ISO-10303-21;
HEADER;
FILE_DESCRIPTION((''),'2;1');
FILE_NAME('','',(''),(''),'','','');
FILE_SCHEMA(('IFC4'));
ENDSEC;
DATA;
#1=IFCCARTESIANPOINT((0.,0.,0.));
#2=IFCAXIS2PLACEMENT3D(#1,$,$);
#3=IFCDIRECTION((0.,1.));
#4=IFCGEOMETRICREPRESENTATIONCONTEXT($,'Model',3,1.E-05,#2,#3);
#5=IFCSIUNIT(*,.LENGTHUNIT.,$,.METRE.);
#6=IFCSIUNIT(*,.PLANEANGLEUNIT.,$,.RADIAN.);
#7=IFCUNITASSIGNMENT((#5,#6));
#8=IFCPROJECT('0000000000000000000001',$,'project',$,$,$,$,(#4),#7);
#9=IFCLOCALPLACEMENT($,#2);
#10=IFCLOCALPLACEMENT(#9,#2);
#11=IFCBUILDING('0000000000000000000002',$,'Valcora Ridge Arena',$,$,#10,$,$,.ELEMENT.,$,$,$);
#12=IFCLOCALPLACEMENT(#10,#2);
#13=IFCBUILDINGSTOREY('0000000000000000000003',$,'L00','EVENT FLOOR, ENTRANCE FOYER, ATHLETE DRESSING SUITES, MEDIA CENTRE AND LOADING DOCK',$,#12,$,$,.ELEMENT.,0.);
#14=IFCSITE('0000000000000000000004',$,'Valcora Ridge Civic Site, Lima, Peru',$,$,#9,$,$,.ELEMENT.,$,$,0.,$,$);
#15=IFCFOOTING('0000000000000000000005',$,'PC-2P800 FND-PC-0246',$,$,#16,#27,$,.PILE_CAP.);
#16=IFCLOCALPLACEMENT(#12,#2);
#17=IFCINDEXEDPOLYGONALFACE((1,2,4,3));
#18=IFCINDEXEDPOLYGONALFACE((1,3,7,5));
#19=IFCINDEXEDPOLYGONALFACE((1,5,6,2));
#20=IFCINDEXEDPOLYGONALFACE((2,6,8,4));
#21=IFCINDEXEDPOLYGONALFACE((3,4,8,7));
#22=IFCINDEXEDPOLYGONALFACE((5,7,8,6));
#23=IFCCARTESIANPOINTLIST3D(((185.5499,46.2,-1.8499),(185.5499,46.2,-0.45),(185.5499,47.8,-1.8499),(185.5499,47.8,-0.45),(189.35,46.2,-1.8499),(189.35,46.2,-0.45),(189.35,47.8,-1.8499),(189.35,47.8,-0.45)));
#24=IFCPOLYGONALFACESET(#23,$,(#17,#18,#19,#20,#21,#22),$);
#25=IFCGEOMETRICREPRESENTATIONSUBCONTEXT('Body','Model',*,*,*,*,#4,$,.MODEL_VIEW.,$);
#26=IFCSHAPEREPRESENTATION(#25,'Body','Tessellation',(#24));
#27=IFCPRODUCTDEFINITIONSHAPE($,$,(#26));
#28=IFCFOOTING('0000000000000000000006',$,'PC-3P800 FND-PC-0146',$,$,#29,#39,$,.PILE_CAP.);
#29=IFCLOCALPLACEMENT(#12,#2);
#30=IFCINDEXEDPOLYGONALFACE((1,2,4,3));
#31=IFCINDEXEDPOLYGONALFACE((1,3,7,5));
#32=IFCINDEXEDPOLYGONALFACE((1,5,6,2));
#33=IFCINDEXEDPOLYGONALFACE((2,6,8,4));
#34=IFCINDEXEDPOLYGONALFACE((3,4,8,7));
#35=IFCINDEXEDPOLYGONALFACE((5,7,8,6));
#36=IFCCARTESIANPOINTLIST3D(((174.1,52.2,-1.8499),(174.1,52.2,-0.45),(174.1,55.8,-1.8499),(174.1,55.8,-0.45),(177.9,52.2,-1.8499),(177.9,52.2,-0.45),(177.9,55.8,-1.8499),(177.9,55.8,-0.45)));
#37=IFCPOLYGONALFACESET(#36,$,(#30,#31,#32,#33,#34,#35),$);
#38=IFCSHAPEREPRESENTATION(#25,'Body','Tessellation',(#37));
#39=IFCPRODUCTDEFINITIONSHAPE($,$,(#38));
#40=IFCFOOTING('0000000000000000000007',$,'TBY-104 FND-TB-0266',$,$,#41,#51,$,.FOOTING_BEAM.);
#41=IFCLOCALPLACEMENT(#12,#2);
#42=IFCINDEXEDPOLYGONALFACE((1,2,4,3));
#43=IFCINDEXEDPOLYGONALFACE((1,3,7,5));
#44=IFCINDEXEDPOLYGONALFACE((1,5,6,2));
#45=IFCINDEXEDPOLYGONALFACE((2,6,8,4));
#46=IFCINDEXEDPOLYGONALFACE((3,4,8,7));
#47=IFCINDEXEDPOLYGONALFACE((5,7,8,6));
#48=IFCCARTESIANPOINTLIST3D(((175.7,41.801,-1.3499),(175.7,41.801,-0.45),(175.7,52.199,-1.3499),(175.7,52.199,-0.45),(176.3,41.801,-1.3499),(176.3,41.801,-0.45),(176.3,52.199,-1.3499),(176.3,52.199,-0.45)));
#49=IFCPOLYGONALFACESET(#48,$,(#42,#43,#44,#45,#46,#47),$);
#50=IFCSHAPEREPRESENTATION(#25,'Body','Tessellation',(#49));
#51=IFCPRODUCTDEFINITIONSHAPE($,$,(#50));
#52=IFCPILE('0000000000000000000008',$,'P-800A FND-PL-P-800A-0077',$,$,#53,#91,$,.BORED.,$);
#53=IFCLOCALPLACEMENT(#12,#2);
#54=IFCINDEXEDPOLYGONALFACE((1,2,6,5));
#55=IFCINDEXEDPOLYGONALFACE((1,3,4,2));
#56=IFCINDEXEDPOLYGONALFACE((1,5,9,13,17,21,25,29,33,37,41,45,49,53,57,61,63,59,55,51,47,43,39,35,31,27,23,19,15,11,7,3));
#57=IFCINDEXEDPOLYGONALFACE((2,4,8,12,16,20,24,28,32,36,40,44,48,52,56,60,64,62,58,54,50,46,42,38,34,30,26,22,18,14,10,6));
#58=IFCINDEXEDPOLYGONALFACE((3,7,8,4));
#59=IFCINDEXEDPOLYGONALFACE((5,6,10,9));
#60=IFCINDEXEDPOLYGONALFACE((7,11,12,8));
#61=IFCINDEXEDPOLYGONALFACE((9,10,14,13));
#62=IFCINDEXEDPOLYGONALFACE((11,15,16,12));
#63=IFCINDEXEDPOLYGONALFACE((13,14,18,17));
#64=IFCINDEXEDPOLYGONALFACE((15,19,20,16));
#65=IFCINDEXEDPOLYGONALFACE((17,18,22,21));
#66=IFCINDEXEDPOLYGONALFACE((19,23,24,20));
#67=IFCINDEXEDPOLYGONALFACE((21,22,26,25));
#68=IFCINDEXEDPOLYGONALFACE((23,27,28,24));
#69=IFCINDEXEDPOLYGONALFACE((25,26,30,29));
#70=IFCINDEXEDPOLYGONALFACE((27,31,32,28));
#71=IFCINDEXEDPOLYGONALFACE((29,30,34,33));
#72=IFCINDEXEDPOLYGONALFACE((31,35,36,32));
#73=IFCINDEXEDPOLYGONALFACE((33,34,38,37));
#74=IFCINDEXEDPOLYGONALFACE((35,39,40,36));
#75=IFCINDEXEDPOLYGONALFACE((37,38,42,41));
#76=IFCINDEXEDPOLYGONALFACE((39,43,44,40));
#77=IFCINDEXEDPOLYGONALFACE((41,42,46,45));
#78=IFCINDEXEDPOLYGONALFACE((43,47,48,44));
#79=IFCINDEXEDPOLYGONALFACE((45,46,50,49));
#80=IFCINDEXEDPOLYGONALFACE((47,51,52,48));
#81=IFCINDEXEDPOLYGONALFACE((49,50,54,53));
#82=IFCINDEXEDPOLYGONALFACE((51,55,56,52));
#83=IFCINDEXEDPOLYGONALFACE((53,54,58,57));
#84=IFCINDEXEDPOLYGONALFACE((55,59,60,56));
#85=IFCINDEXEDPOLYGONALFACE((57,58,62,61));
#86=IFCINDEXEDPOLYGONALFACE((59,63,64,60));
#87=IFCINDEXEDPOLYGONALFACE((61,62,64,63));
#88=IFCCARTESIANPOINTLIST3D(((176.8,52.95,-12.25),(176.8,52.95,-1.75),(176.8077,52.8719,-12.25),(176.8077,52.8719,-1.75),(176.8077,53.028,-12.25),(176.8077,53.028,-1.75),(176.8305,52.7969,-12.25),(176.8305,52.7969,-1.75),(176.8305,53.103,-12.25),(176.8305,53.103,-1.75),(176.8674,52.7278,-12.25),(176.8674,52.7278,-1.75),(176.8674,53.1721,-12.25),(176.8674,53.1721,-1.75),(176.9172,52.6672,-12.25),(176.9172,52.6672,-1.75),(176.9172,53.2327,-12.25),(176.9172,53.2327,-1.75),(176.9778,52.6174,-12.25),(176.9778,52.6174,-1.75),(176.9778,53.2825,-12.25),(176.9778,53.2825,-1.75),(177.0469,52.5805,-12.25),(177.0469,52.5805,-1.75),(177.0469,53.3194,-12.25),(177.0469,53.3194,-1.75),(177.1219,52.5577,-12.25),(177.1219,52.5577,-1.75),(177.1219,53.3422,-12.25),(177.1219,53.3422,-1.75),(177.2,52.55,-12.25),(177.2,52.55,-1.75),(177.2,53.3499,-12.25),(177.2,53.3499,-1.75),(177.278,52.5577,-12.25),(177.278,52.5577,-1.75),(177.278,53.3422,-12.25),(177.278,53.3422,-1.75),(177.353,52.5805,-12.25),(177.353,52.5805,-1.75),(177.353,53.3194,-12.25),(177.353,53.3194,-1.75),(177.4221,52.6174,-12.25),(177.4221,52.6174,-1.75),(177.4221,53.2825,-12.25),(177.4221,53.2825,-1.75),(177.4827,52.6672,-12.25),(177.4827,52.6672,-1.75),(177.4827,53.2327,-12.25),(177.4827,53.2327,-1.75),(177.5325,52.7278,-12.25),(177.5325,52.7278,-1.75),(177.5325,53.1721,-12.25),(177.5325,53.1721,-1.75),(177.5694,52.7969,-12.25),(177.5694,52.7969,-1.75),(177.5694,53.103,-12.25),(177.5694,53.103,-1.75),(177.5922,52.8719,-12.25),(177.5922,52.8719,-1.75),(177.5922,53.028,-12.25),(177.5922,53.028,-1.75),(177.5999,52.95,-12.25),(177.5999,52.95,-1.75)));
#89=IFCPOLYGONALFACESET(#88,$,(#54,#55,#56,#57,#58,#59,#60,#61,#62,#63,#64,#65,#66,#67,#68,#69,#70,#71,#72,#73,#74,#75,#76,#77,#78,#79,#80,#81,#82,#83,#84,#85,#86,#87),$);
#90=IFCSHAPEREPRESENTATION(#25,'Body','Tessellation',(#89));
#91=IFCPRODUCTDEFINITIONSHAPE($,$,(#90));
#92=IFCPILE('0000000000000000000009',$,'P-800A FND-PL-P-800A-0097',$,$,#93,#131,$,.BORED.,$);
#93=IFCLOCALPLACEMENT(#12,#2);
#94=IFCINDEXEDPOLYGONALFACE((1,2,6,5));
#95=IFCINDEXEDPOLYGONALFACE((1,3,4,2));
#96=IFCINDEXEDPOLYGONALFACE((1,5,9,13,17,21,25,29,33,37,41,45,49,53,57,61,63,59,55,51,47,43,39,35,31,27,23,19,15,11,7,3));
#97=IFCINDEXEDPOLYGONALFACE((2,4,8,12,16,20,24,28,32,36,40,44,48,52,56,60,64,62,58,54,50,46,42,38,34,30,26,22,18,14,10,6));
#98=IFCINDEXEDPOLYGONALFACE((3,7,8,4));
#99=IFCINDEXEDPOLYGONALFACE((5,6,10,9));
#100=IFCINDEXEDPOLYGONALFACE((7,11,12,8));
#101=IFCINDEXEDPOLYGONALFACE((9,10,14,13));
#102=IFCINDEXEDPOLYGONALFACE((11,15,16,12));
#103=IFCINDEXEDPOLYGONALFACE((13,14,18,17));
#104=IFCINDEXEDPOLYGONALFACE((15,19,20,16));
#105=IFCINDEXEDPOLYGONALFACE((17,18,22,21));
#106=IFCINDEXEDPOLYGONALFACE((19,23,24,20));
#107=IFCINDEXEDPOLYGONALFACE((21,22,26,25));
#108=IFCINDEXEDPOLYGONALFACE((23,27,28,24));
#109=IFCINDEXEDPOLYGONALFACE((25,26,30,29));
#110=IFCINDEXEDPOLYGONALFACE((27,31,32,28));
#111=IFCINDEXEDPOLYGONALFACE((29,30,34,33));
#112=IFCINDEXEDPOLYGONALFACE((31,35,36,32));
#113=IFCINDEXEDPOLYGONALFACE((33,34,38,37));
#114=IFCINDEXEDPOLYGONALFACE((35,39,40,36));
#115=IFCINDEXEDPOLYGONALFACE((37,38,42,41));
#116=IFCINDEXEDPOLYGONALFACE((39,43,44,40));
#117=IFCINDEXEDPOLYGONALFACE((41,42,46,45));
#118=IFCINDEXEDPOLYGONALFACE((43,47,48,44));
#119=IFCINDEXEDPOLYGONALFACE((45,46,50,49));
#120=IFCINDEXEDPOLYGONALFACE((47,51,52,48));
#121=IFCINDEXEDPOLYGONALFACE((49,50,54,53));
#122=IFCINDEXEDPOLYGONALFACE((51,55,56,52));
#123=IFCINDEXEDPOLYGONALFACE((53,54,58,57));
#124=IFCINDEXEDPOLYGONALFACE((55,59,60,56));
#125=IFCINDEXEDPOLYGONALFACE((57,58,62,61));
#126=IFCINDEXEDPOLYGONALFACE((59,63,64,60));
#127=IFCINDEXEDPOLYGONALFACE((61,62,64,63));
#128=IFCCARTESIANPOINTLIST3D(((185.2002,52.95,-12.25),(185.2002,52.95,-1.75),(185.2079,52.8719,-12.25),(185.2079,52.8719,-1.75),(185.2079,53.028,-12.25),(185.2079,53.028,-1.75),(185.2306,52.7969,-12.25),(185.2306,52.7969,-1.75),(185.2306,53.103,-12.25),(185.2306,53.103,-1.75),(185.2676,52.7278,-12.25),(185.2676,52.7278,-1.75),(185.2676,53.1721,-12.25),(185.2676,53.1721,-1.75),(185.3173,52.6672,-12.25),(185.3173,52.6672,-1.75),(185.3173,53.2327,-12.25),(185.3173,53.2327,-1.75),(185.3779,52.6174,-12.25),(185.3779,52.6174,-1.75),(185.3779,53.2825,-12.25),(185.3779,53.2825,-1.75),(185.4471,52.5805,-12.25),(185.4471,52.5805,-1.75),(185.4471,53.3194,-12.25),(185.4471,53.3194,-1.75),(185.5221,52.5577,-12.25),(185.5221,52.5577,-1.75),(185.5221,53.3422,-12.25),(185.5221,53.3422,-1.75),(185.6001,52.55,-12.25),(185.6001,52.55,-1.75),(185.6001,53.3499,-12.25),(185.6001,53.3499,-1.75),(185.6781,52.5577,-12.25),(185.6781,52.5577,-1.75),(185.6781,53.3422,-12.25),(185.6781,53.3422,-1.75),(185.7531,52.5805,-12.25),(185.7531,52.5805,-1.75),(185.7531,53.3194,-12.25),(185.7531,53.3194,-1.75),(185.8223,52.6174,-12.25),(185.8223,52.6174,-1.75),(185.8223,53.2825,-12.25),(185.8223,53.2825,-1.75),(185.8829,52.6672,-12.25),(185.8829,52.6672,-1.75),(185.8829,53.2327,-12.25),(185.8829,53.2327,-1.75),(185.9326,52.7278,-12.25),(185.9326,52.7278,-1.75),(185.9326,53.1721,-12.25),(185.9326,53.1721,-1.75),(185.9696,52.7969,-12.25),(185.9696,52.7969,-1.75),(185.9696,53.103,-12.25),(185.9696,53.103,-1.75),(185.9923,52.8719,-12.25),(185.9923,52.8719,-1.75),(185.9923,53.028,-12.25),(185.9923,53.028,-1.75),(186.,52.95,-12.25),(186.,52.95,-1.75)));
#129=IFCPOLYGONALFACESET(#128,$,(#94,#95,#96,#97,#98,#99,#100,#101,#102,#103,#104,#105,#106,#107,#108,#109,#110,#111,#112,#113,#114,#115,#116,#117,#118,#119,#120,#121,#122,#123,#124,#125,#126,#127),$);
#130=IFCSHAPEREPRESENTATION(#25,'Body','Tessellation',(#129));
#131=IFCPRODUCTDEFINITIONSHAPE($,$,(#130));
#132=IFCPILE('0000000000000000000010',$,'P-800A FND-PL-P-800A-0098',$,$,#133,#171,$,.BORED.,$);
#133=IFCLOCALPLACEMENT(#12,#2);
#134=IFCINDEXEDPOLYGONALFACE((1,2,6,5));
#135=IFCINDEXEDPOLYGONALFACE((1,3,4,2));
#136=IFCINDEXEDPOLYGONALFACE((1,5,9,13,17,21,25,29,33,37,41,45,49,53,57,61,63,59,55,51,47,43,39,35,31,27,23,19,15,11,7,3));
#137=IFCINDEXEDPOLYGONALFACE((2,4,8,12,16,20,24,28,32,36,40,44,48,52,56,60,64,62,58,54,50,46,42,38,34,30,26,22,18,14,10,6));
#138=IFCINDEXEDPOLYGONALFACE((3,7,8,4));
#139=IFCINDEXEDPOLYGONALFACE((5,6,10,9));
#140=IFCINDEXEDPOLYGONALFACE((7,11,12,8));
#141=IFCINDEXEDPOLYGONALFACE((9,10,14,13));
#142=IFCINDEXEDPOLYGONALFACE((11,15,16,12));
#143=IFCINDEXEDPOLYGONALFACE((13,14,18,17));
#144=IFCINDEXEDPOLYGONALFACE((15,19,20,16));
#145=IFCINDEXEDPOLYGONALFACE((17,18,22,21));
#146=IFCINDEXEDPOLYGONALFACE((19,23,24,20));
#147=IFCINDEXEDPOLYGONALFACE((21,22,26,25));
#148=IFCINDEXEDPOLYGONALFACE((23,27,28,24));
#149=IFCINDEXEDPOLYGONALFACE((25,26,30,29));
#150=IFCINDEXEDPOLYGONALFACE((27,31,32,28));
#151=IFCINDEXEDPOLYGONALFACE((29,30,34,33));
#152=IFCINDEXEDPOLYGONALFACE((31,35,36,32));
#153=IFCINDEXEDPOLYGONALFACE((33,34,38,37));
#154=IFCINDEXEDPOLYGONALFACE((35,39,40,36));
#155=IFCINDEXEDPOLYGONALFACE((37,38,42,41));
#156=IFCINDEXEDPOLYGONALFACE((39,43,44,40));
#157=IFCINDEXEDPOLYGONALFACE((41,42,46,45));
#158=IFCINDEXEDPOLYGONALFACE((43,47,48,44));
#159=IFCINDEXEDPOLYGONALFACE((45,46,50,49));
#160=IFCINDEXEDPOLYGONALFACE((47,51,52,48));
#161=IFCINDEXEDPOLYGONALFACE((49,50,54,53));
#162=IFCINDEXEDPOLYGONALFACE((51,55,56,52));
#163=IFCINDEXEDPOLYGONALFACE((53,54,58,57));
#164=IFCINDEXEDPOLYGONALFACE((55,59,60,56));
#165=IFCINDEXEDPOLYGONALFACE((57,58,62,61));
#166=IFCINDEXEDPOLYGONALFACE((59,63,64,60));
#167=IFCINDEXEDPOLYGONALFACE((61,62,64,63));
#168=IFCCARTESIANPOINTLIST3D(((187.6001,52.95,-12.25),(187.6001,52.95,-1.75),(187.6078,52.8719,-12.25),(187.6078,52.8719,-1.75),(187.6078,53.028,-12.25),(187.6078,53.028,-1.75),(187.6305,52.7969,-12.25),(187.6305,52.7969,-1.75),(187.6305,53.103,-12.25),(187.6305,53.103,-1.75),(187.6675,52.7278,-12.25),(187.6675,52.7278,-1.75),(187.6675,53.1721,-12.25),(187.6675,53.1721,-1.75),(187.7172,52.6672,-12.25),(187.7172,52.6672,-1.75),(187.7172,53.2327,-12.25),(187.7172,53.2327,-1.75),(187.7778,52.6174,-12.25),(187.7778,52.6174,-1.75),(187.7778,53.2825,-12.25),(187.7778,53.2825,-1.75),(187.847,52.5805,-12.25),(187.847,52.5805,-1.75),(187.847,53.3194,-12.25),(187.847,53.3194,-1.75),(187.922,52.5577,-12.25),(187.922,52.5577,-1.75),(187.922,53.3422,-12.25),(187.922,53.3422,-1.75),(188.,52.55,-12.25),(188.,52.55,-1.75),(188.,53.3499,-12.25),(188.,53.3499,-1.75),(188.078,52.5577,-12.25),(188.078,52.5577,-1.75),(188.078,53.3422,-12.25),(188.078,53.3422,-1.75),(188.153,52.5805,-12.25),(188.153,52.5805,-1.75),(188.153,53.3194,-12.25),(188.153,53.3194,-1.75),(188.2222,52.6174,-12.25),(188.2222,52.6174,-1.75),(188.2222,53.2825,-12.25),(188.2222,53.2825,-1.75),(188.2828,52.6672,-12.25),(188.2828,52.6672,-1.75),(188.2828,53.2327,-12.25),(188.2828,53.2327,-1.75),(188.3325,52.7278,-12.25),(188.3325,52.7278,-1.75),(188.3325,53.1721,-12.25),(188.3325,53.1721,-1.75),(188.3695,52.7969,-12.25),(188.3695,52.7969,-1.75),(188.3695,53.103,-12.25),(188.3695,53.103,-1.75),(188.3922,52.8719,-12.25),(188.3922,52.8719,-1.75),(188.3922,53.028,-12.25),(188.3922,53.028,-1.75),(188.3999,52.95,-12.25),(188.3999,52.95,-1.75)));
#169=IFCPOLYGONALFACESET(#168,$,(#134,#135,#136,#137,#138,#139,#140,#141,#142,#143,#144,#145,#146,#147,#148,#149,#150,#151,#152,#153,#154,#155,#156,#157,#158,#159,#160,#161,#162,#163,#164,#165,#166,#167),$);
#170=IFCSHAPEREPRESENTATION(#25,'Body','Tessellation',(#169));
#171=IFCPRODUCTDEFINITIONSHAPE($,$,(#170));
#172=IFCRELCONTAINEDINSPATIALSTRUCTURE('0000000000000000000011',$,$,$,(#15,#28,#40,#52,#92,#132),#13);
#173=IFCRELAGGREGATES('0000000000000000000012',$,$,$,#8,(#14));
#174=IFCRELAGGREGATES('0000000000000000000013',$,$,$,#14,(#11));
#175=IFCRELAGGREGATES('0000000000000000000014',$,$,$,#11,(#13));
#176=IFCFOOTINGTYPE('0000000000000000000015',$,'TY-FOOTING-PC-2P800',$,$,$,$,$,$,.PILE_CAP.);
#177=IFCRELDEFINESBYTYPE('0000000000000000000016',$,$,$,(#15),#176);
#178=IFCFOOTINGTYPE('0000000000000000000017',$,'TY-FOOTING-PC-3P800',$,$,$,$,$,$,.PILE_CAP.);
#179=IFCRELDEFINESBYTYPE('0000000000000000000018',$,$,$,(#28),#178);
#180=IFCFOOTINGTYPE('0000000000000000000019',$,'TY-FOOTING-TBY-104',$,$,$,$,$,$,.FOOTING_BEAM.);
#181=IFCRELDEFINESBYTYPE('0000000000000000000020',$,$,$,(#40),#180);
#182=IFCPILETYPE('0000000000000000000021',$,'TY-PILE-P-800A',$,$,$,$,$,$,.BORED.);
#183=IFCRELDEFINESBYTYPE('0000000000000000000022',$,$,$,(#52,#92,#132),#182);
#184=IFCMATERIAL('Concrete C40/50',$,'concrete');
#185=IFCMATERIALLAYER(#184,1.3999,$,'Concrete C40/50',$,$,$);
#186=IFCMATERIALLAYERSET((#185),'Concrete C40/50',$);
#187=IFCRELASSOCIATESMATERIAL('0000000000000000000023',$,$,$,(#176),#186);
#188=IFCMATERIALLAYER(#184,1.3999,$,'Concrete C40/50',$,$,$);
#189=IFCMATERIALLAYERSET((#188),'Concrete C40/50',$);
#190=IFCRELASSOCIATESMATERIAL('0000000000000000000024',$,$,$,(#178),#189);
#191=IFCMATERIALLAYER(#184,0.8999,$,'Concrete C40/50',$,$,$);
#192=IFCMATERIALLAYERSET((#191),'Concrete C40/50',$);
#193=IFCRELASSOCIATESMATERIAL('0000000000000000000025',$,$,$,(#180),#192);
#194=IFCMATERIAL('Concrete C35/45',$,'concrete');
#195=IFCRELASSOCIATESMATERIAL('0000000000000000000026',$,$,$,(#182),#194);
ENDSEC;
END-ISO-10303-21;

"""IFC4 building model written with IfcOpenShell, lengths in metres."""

from ifc_helpers import new_model, si_unit, direction, frame, origin, origin_2d, place, context, subcontext, project, spatial, rectangle, circle, extrude, material, layer, layer_set, material_profile, profile_set, type_object, element, save


model = new_model("IFC4")

# Units and contexts
model_context = context("Model", 3, precision=1e-05, world=origin(), true_north=direction((0.0, 1.0)))
body_context = subcontext(model_context, "Body", "Model", "MODEL_VIEW")
ifc_project = project(units=[si_unit("LENGTHUNIT", "METRE"), si_unit("PLANEANGLEUNIT", "RADIAN")], contexts=[model_context])

# Site, building, storey
site_placement = place(None, origin())
site = spatial("IfcSite", under=ifc_project, at=site_placement, Name="Valcora Ridge Civic Site, Lima, Peru", CompositionType="ELEMENT", RefElevation=0.0)
building_placement = place(site_placement, origin())
building = spatial("IfcBuilding", under=site, at=building_placement, Name="Valcora Ridge Arena", CompositionType="ELEMENT")
storey_placement = place(building_placement, origin())
storey = spatial("IfcBuildingStorey", under=building, at=storey_placement, Name="L00", Description="EVENT FLOOR, ENTRANCE FOYER, ATHLETE DRESSING SUITES, MEDIA CENTRE AND LOADING DOCK", CompositionType="ELEMENT", Elevation=0.0)

# Footings
ifc_material_1 = material(Name="Concrete C40/50", Category="concrete")
ifc_layer_1 = layer(ifc_material_1, 1.3999, Name="Concrete C40/50")
ifc_layer_set_1 = layer_set([ifc_layer_1], Name="Concrete C40/50")
footing_type_1 = type_object("IfcFootingType", Name="TY-FOOTING-PC-2P800", PredefinedType="PILE_CAP", material=ifc_layer_set_1)
footing_1_placement = place(storey_placement, frame((187.45, 47.0, -1.8499), z_axis=(0.0, 0.0, 1.0), x_axis=(1.0, 0.0, 0.0)))
element("IfcFooting", 1, at=footing_1_placement, inside=storey, type_object=footing_type_1, Name="PC-2P800 FND-PC-0246", PredefinedType="PILE_CAP", context=body_context, shape_type="SweptSolid", body=[
    extrude(rectangle(XDim=3.8, YDim=1.6001, at=origin_2d()), origin(), (0.0, 0.0, 1.0), 1.3999),
])
ifc_layer_2 = layer(ifc_material_1, 1.3999, Name="Concrete C40/50")
ifc_layer_set_2 = layer_set([ifc_layer_2], Name="Concrete C40/50")
footing_type_2 = type_object("IfcFootingType", Name="TY-FOOTING-PC-3P800", PredefinedType="PILE_CAP", material=ifc_layer_set_2)
footing_2_placement = place(storey_placement, frame((176.0, 54.0, -1.8499), z_axis=(0.0, 0.0, 1.0), x_axis=(1.0, 0.0, 0.0)))
element("IfcFooting", 2, at=footing_2_placement, inside=storey, type_object=footing_type_2, Name="PC-3P800 FND-PC-0146", PredefinedType="PILE_CAP", context=body_context, shape_type="SweptSolid", body=[
    extrude(rectangle(XDim=3.8, YDim=3.6001, at=origin_2d()), origin(), (0.0, 0.0, 1.0), 1.3999),
])
ifc_layer_3 = layer(ifc_material_1, 0.8999, Name="Concrete C40/50")
ifc_layer_set_3 = layer_set([ifc_layer_3], Name="Concrete C40/50")
footing_type_3 = type_object("IfcFootingType", Name="TY-FOOTING-TBY-104", PredefinedType="FOOTING_BEAM", material=ifc_layer_set_3)
footing_3_placement = place(storey_placement, frame((176.0, 47.0, -1.3499), z_axis=(0.0, 0.0, 1.0), x_axis=(1.0, 0.0, 0.0)))
element("IfcFooting", 3, at=footing_3_placement, inside=storey, type_object=footing_type_3, Name="TBY-104 FND-TB-0266", PredefinedType="FOOTING_BEAM", context=body_context, shape_type="SweptSolid", body=[
    extrude(rectangle(XDim=0.6001, YDim=10.3979, at=origin_2d()), origin(), (0.0, 0.0, 1.0), 0.8999),
])

# Piles
ifc_material_2 = material(Name="Concrete C35/45", Category="concrete")
ifc_material_profile_1 = material_profile(ifc_material_2, circle(Radius=0.3999, at=origin_2d()), Name="BORED PILE D800")
ifc_profile_set_1 = profile_set([ifc_material_profile_1], Name="Concrete C35/45")
pile_type_1 = type_object("IfcPileType", Name="TY-PILE-P-800A", PredefinedType="BORED", material=ifc_profile_set_1)
for number, where, z_axis, x_axis, name in (
    (4, (177.2, 52.95, -1.75), (0.0, 0.0, -1.0), (1.0, 0.0, 0.0), "P-800A FND-PL-P-800A-0077"),
    (5, (185.6001, 52.95, -1.75), (0.0, 0.0, -1.0), (1.0, 0.0, 0.0), "P-800A FND-PL-P-800A-0097"),
    (6, (188.0, 52.95, -1.75), (0.0, 0.0, -1.0), (1.0, 0.0, 0.0), "P-800A FND-PL-P-800A-0098"),
):
    element("IfcPile", number, at=place(storey_placement, frame(where, z_axis=z_axis, x_axis=x_axis)), inside=storey, type_object=pile_type_1, Name=name, PredefinedType="BORED", context=body_context, shape_type="SweptSolid", body=[
        extrude(circle(Radius=0.3999, at=origin_2d()), origin(), (0.0, 0.0, 1.0), 10.5),
    ])

save(model, "model.ifc")
